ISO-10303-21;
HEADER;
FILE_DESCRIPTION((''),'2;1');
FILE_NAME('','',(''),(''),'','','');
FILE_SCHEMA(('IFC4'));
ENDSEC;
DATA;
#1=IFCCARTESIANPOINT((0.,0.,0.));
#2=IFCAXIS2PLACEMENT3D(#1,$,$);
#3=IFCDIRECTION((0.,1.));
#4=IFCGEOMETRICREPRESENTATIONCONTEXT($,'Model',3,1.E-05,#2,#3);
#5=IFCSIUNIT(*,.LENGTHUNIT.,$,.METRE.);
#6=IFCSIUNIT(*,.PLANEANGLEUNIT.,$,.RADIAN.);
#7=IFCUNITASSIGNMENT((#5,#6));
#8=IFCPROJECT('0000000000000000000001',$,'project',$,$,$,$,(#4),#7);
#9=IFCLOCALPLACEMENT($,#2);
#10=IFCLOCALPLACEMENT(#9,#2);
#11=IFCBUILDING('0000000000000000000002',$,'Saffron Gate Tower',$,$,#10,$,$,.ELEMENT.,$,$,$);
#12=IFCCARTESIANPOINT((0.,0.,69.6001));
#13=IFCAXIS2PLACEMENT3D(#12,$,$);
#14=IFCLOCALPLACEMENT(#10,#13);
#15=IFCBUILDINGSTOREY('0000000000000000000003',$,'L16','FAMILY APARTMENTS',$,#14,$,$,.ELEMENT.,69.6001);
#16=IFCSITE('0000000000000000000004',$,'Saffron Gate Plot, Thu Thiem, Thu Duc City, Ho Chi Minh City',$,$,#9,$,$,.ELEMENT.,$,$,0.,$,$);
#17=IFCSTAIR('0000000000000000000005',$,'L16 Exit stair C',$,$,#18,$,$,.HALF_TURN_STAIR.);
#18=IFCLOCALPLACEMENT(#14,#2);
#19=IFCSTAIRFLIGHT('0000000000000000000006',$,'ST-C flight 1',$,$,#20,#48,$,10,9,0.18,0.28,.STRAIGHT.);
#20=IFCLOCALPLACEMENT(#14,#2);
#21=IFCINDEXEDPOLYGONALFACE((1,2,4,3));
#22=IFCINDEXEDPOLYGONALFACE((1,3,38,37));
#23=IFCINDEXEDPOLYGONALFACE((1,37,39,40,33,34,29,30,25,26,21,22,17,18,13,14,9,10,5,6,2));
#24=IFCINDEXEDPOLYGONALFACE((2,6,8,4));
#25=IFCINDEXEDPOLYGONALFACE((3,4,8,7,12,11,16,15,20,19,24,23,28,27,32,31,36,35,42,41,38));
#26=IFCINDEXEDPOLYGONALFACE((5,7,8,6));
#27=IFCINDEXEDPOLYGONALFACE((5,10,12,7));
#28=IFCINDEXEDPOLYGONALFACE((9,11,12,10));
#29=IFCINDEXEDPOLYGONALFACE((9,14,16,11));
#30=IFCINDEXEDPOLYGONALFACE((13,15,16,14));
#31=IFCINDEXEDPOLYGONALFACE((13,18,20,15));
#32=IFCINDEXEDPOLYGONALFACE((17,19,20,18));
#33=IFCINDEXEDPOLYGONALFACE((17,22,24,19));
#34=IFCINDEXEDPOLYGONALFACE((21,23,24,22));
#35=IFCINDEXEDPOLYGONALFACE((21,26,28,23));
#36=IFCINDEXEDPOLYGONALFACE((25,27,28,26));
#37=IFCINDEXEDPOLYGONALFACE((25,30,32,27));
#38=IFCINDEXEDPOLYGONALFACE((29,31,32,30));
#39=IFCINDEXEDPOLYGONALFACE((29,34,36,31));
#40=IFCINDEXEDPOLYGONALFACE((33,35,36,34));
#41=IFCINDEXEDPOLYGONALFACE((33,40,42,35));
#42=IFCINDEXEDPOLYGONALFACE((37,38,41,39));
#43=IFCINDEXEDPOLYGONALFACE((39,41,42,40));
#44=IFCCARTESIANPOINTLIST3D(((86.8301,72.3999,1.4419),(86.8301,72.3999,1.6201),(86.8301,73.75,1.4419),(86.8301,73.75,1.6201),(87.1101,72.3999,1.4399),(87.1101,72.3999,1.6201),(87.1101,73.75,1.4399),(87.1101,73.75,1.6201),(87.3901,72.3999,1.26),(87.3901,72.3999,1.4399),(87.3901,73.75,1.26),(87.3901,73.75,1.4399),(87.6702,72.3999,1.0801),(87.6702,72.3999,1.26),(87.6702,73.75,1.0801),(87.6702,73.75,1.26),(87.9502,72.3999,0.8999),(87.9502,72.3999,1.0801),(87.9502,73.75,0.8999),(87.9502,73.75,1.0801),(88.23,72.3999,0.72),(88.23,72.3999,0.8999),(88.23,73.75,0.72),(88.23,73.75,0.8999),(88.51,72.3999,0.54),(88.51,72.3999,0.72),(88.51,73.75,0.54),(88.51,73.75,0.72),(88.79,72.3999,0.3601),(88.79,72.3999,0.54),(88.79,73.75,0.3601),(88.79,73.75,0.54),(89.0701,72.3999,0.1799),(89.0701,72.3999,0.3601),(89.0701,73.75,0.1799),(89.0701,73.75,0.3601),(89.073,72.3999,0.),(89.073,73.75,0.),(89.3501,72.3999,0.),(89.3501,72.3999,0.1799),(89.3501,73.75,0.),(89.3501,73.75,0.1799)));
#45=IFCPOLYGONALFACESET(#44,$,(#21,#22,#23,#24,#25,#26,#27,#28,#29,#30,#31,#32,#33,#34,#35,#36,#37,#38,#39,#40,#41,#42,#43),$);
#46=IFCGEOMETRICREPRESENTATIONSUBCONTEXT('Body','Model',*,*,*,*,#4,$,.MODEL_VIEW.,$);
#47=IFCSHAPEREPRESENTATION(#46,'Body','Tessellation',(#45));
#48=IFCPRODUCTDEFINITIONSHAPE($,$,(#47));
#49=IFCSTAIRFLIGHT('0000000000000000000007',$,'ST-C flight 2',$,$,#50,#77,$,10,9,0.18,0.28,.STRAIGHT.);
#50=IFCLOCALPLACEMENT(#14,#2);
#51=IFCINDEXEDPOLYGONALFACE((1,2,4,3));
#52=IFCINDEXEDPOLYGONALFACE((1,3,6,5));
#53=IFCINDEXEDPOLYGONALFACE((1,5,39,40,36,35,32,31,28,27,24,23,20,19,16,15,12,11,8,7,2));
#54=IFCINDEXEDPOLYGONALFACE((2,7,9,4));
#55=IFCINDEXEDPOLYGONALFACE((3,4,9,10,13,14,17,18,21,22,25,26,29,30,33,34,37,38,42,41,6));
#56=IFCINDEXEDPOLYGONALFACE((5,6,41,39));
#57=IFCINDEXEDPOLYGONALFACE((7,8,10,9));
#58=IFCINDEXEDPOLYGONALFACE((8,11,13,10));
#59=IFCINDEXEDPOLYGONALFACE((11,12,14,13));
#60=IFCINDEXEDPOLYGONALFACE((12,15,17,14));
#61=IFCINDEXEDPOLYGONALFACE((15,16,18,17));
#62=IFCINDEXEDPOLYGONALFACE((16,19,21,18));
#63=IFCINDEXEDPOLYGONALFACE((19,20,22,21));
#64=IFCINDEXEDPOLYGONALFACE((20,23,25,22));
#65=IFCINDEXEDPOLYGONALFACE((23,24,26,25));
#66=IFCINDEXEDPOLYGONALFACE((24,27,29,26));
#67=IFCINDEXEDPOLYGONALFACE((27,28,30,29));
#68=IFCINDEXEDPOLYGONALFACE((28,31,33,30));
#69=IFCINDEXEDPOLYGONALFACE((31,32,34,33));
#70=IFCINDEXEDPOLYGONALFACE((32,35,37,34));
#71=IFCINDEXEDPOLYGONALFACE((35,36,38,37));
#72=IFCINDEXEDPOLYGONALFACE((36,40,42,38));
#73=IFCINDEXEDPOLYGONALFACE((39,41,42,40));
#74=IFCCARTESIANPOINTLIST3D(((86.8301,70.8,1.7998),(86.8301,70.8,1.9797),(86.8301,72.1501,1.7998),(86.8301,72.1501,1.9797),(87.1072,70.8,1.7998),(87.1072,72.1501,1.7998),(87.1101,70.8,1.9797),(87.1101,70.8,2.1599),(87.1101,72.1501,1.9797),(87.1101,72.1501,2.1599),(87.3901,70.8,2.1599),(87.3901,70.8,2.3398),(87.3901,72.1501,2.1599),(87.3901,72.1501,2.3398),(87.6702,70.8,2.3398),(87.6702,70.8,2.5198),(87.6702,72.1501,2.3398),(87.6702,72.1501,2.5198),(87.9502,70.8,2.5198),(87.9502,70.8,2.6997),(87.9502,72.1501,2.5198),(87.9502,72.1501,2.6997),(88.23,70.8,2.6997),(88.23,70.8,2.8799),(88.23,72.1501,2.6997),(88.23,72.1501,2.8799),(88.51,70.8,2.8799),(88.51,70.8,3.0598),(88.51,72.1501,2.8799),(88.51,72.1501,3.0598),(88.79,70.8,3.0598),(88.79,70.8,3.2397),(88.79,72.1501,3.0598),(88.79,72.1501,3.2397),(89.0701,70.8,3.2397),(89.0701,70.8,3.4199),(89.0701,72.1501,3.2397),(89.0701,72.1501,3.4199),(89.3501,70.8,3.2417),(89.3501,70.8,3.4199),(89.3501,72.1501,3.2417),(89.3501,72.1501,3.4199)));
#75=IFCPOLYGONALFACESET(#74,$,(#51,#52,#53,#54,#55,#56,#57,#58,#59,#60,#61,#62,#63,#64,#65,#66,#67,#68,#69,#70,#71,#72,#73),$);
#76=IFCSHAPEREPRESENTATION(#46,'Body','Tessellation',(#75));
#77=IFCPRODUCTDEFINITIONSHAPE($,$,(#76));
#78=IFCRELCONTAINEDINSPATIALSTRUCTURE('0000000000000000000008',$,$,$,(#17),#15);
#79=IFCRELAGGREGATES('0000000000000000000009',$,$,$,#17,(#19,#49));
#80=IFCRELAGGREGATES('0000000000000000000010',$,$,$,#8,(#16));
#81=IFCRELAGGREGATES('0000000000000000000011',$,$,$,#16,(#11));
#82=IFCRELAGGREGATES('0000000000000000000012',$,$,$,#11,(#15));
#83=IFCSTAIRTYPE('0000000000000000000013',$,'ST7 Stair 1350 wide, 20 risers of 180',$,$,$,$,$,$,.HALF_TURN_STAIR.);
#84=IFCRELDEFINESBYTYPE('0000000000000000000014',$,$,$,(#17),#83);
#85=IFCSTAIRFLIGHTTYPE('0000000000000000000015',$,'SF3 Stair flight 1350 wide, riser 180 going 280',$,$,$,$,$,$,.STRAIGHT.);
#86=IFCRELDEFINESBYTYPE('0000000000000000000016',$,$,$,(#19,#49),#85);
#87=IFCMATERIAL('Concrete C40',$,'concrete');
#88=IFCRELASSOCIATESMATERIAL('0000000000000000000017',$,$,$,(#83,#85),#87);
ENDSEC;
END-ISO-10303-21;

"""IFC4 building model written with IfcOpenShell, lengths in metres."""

from ifc_helpers import new_model, si_unit, direction, frame, origin, place, context, subcontext, project, spatial, polyline, outline, extrude, material, type_object, element, aggregate, save


model = new_model("IFC4")

# Units and contexts
model_context = context("Model", 3, precision=1e-05, world=origin(), true_north=direction((0.0, 1.0)))
body_context = subcontext(model_context, "Body", "Model", "MODEL_VIEW")
ifc_project = project(units=[si_unit("LENGTHUNIT", "METRE"), si_unit("PLANEANGLEUNIT", "RADIAN")], contexts=[model_context])

# Site, building, storey
site_placement = place(None, origin())
site = spatial("IfcSite", under=ifc_project, at=site_placement, Name="Saffron Gate Plot, Thu Thiem, Thu Duc City, Ho Chi Minh City", CompositionType="ELEMENT", RefElevation=0.0)
building_placement = place(site_placement, origin())
building = spatial("IfcBuilding", under=site, at=building_placement, Name="Saffron Gate Tower", CompositionType="ELEMENT")
storey_placement = place(building_placement, frame((0.0, 0.0, 69.6001)))
storey = spatial("IfcBuildingStorey", under=building, at=storey_placement, Name="L16", Description="FAMILY APARTMENTS", CompositionType="ELEMENT", Elevation=69.6001)

# Shared definitions
ifc_material_1 = material(Name="Concrete C40", Category="concrete")
stair_type = type_object("IfcStairType", Name="ST7 Stair 1350 wide, 20 risers of 180", PredefinedType="HALF_TURN_STAIR", material=ifc_material_1)
stair_flight_type = type_object("IfcStairFlightType", Name="SF3 Stair flight 1350 wide, riser 180 going 280", PredefinedType="STRAIGHT", material=ifc_material_1)

# Stair, stair flights
stair_1_placement = place(storey_placement, origin())
stair_1 = element("IfcStair", 1, at=stair_1_placement, inside=storey, type_object=stair_type, Name="L16 Exit stair C", PredefinedType="HALF_TURN_STAIR")
stair_flight_1_placement = place(storey_placement, frame((89.3501, 73.075, 0.0), z_axis=(0.0, 0.0, 1.0), x_axis=(-1.0, 0.0, 0.0)))
stair_flight_1 = element("IfcStairFlight", 2, at=stair_flight_1_placement, type_object=stair_flight_type, Name="ST-C flight 1", NumberOfRisers=10, NumberOfTreads=9, PredefinedType="STRAIGHT", RiserHeight=0.18, TreadLength=0.28, context=body_context, shape_type="SweptSolid", body=[
    extrude(outline(polyline([(0.0, 0.0), (0.0, 0.1799), (0.28, 0.1799), (0.28, 0.3601), (0.5601, 0.3601), (0.5601, 0.54), (0.8401, 0.54), (0.8401, 0.72), (1.1201, 0.72), (1.1201, 0.8999), (1.3999, 0.8999), (1.3999, 1.0801), (1.6799, 1.0801), (1.6799, 1.26), (1.96, 1.26), (1.96, 1.4399), (2.24, 1.4399), (2.24, 1.6201), (2.52, 1.6201), (2.52, 1.8), (2.52, 1.4419), (0.2771, 0.0), (0.0, 0.0)])), frame((0.0, 0.675, 0.0), z_axis=(0.0, -1.0, 0.0), x_axis=(1.0, 0.0, 0.0)), (0.0, 0.0, 1.0), 1.3501),
])
stair_flight_2_placement = place(storey_placement, frame((86.8301, 71.4751, 1.7998), z_axis=(0.0, 0.0, 1.0), x_axis=(1.0, 0.0, 0.0)))
stair_flight_2 = element("IfcStairFlight", 3, at=stair_flight_2_placement, type_object=stair_flight_type, Name="ST-C flight 2", NumberOfRisers=10, NumberOfTreads=9, PredefinedType="STRAIGHT", RiserHeight=0.18, TreadLength=0.28, context=body_context, shape_type="SweptSolid", body=[
    extrude(outline(polyline([(0.0, 0.0), (0.0, 0.1799), (0.28, 0.1799), (0.28, 0.3601), (0.5601, 0.3601), (0.5601, 0.54), (0.8401, 0.54), (0.8401, 0.72), (1.1201, 0.72), (1.1201, 0.8999), (1.3999, 0.8999), (1.3999, 1.0801), (1.6799, 1.0801), (1.6799, 1.26), (1.96, 1.26), (1.96, 1.4399), (2.24, 1.4399), (2.24, 1.6201), (2.52, 1.6201), (2.52, 1.8), (2.52, 1.4419), (0.2771, 0.0), (0.0, 0.0)])), frame((0.0, 0.675, 0.0), z_axis=(0.0, -1.0, 0.0), x_axis=(1.0, 0.0, 0.0)), (0.0, 0.0, 1.0), 1.3501),
])
aggregate(stair_1, [stair_flight_1, stair_flight_2])

save(model, "model.ifc")
